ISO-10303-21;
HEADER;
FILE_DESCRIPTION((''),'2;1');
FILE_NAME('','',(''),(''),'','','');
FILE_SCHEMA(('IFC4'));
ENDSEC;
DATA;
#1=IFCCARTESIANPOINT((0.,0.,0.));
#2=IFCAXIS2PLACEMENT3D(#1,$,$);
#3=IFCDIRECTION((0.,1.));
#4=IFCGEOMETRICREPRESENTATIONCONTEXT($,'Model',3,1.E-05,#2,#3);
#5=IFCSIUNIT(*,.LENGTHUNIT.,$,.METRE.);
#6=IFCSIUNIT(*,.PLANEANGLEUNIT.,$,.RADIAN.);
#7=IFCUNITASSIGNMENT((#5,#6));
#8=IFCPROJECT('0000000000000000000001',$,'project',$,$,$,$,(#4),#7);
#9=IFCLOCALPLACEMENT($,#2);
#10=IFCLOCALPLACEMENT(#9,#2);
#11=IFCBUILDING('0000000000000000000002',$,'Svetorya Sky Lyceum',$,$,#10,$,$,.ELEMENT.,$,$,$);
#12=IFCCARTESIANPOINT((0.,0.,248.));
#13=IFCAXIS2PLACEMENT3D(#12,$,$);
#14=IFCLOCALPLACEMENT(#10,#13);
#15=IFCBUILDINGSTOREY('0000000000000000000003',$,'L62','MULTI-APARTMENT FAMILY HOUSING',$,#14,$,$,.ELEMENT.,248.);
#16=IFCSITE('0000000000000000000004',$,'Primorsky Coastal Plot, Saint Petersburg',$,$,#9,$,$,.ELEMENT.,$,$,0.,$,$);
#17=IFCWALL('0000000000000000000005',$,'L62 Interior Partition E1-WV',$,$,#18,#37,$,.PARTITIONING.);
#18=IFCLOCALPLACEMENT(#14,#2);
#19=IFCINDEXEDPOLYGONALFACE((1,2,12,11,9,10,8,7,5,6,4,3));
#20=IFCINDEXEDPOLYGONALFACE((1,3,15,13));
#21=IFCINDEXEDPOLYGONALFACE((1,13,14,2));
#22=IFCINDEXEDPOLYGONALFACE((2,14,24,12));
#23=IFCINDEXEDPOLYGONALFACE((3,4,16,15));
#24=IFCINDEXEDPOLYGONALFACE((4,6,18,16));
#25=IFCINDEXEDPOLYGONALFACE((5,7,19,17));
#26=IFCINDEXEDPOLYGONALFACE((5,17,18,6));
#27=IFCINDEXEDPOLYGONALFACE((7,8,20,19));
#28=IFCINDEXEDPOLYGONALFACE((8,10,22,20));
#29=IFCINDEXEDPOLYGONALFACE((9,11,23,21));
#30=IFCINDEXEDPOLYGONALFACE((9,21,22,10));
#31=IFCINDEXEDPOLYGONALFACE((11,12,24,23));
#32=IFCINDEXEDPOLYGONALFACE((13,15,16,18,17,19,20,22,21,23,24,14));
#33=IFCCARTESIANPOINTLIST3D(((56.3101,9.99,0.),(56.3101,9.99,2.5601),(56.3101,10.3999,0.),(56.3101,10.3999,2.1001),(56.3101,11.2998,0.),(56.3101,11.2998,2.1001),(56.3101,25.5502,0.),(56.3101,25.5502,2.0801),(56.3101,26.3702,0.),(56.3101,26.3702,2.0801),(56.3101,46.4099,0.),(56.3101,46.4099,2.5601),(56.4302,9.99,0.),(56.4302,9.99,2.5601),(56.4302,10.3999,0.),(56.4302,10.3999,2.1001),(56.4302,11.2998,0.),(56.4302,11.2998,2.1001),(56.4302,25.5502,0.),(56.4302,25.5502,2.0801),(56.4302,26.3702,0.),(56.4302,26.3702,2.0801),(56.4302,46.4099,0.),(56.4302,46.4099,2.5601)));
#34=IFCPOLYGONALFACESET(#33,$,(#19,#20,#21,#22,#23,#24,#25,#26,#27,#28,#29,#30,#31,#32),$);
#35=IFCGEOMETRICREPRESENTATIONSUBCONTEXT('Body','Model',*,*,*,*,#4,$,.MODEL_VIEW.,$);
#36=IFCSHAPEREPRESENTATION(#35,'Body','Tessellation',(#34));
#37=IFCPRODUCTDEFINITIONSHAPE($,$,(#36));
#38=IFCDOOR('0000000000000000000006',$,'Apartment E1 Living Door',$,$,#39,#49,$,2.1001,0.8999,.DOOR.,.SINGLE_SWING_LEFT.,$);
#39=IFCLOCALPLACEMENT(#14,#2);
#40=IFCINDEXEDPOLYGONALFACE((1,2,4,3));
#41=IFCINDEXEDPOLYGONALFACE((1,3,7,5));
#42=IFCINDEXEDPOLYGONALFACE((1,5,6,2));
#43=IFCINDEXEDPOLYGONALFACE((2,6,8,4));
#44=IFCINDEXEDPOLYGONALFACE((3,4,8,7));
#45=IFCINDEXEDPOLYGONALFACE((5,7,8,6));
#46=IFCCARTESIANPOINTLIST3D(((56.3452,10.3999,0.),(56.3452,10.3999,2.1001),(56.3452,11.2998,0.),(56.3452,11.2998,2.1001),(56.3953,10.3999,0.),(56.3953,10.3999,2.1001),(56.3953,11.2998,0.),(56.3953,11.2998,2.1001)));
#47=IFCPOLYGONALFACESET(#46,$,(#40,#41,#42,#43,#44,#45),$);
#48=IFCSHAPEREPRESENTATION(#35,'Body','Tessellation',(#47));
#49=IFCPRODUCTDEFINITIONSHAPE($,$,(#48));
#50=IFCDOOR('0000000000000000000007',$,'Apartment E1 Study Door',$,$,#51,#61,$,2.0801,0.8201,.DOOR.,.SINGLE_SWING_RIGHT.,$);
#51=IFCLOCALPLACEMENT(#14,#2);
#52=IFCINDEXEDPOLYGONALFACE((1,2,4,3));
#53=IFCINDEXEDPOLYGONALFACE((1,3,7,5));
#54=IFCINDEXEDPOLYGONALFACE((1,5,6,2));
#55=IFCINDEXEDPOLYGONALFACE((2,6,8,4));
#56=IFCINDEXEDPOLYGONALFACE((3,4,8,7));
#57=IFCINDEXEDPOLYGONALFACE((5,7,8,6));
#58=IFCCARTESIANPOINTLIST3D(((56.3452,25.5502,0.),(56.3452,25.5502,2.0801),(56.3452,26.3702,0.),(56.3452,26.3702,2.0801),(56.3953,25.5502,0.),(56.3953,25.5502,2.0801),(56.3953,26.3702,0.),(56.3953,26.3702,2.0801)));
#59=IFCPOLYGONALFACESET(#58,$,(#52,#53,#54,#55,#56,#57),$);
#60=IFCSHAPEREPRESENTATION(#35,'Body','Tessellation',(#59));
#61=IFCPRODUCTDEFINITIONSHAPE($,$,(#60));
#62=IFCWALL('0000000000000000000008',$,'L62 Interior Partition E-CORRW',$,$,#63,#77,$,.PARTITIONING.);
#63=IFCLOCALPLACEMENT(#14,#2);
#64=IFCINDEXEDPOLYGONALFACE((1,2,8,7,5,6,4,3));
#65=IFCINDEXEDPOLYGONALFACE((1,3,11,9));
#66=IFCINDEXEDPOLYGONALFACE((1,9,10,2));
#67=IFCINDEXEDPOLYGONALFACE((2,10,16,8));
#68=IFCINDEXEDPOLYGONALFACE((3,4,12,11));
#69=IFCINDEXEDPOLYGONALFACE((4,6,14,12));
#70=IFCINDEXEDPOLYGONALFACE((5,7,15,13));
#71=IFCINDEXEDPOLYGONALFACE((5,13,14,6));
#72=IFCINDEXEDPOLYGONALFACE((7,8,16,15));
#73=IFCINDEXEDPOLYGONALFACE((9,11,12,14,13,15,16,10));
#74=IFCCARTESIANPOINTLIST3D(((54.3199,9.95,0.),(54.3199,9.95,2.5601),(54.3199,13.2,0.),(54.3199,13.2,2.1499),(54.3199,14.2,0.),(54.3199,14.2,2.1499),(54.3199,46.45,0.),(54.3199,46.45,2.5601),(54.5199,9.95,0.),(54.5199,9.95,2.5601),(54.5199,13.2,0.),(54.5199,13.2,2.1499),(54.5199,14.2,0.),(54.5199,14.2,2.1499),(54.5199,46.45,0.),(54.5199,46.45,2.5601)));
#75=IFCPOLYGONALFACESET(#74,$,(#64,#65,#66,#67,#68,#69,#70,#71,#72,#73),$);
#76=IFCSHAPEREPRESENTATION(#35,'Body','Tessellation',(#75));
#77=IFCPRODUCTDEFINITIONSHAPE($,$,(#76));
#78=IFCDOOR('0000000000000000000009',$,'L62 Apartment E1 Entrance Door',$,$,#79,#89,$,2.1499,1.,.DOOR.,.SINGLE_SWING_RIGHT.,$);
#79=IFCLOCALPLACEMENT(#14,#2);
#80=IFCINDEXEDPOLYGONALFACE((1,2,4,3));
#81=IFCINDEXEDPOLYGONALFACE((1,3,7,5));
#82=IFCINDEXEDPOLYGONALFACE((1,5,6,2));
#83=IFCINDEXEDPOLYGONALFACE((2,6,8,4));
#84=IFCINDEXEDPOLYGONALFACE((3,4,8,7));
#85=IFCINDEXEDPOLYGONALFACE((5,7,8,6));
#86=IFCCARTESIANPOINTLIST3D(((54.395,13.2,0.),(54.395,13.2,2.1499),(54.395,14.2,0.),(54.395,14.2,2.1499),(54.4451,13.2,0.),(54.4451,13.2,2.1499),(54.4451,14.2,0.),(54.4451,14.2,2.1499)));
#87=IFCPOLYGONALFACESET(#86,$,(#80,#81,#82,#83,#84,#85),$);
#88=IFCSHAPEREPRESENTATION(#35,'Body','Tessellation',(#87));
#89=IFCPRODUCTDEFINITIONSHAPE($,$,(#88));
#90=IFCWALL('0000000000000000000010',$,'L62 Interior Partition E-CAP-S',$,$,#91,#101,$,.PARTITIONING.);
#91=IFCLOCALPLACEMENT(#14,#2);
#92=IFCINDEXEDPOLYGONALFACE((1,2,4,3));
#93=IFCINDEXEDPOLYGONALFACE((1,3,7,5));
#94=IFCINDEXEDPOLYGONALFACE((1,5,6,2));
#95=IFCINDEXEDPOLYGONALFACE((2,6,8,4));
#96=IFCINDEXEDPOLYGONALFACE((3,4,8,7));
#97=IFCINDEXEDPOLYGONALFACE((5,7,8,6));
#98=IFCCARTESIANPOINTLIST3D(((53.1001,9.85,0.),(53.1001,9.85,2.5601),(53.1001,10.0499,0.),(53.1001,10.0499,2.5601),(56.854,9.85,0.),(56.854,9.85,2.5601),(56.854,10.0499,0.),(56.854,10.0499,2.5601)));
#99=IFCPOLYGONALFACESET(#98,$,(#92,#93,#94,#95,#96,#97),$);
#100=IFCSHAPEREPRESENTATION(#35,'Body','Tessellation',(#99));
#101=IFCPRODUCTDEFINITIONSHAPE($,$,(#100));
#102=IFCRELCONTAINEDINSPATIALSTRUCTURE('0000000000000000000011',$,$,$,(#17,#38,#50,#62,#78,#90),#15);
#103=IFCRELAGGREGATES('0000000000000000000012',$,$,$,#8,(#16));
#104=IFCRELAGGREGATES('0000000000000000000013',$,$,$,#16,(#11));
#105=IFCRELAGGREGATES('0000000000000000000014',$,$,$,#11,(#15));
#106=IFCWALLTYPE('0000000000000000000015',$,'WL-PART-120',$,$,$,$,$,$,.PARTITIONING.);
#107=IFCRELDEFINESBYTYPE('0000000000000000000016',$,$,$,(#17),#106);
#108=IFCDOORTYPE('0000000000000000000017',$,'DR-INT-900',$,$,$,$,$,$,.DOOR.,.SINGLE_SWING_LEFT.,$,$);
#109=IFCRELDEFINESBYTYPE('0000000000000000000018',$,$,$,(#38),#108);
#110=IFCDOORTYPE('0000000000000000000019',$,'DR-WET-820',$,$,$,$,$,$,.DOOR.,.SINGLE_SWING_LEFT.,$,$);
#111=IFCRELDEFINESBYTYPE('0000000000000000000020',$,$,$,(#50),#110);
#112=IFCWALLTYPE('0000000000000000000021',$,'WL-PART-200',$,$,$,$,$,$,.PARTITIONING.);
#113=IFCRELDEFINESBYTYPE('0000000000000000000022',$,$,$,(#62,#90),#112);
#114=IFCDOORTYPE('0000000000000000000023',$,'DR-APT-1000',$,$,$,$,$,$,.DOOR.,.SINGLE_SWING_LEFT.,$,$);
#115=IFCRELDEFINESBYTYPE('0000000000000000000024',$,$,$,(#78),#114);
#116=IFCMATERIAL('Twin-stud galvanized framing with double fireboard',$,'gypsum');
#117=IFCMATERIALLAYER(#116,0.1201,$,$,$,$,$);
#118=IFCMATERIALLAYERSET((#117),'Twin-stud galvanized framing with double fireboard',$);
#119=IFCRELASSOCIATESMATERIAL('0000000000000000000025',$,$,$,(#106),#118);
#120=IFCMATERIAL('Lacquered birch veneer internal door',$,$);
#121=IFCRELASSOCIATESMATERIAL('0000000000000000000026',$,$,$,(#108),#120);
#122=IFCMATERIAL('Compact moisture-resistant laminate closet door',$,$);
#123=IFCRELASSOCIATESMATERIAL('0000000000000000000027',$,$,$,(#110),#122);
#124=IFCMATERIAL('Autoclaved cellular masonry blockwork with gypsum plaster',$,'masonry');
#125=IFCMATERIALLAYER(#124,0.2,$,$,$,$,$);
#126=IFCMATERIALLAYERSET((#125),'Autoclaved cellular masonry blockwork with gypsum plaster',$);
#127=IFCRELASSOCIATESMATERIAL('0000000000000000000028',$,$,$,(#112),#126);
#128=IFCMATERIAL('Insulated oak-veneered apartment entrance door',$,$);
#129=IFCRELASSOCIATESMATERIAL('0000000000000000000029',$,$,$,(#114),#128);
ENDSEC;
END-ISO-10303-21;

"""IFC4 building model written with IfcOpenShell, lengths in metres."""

from ifc_helpers import new_model, si_unit, direction, frame, frame_2d, origin, place, context, subcontext, project, spatial, rectangle, extrude, material, layer, layer_set, type_object, element, fill, save


model = new_model("IFC4")

# Units and contexts
model_context = context("Model", 3, precision=1e-05, world=origin(), true_north=direction((0.0, 1.0)))
body_context = subcontext(model_context, "Body", "Model", "MODEL_VIEW")
ifc_project = project(units=[si_unit("LENGTHUNIT", "METRE"), si_unit("PLANEANGLEUNIT", "RADIAN")], contexts=[model_context])

# Site, building, storey
site_placement = place(None, origin())
site = spatial("IfcSite", under=ifc_project, at=site_placement, Name="Primorsky Coastal Plot, Saint Petersburg", CompositionType="ELEMENT", RefElevation=0.0)
building_placement = place(site_placement, origin())
building = spatial("IfcBuilding", under=site, at=building_placement, Name="Svetorya Sky Lyceum", CompositionType="ELEMENT")
storey_placement = place(building_placement, frame((0.0, 0.0, 248.0)))
storey = spatial("IfcBuildingStorey", under=building, at=storey_placement, Name="L62", Description="MULTI-APARTMENT FAMILY HOUSING", CompositionType="ELEMENT", Elevation=248.0)

# Shared definitions
ifc_material_1 = material(Name="Twin-stud galvanized framing with double fireboard", Category="gypsum")
ifc_layer_1 = layer(ifc_material_1, 0.1201)
ifc_layer_set_1 = layer_set([ifc_layer_1], Name="Twin-stud galvanized framing with double fireboard")
wall_type_1 = type_object("IfcWallType", Name="WL-PART-120", PredefinedType="PARTITIONING", material=ifc_layer_set_1)

# Wall, openings, doors
wall_1_placement = place(storey_placement, frame((56.3701, 9.99, 0.0), z_axis=(0.0, 0.0, 1.0), x_axis=(0.0, 1.0, 0.0)))
wall_1 = element("IfcWall", 1, at=wall_1_placement, inside=storey, type_object=wall_type_1, Name="L62 Interior Partition E1-WV", PredefinedType="PARTITIONING", context=body_context, shape_type="SweptSolid", body=[
    extrude(rectangle(XDim=36.4199, YDim=0.1201, at=frame_2d((18.21, 0.0))), origin(), (0.0, 0.0, 1.0), 2.5601),
])
opening_1_placement = place(wall_1_placement, frame((0.4099, 0.0, 0.0)))
opening_1 = element("IfcOpeningElement", 2, at=opening_1_placement, cuts=wall_1, PredefinedType="OPENING", context=body_context, shape_type="SweptSolid", body=[
    extrude(rectangle(XDim=0.8999, YDim=2.1001, at=frame_2d((0.45, 1.05))), frame((0.0, 0.0701, 0.0), z_axis=(0.0, -1.0, 0.0), x_axis=(1.0, 0.0, 0.0)), (0.0, 0.0, 1.0), 0.1401),
])
opening_2_placement = place(wall_1_placement, frame((15.5601, 0.0, 0.0)))
opening_2 = element("IfcOpeningElement", 3, at=opening_2_placement, cuts=wall_1, PredefinedType="OPENING", context=body_context, shape_type="SweptSolid", body=[
    extrude(rectangle(XDim=0.8201, YDim=2.0801, at=frame_2d((0.4102, 1.04))), frame((0.0, 0.0701, 0.0), z_axis=(0.0, -1.0, 0.0), x_axis=(1.0, 0.0, 0.0)), (0.0, 0.0, 1.0), 0.1401),
])
ifc_material_2 = material(Name="Lacquered birch veneer internal door")
door_type_1 = type_object("IfcDoorType", Name="DR-INT-900", OperationType="SINGLE_SWING_LEFT", PredefinedType="DOOR", material=ifc_material_2)
door_1_placement = place(opening_1_placement, origin())
door_1 = element("IfcDoor", 4, at=door_1_placement, inside=storey, type_object=door_type_1, Name="Apartment E1 Living Door", OperationType="SINGLE_SWING_LEFT", OverallHeight=2.1001, OverallWidth=0.8999, PredefinedType="DOOR", context=body_context, shape_type="SweptSolid", body=[
    extrude(rectangle(XDim=0.8999, YDim=2.1001, at=frame_2d((0.45, 1.05))), frame((0.0, 0.0249, 0.0), z_axis=(0.0, -1.0, 0.0), x_axis=(1.0, 0.0, 0.0)), (0.0, 0.0, 1.0), 0.05),
])
fill(opening_1, door_1)
ifc_material_3 = material(Name="Compact moisture-resistant laminate closet door")
door_type_2 = type_object("IfcDoorType", Name="DR-WET-820", OperationType="SINGLE_SWING_LEFT", PredefinedType="DOOR", material=ifc_material_3)
door_2_placement = place(opening_2_placement, origin())
door_2 = element("IfcDoor", 5, at=door_2_placement, inside=storey, type_object=door_type_2, Name="Apartment E1 Study Door", OperationType="SINGLE_SWING_RIGHT", OverallHeight=2.0801, OverallWidth=0.8201, PredefinedType="DOOR", context=body_context, shape_type="SweptSolid", body=[
    extrude(rectangle(XDim=0.8201, YDim=2.0801, at=frame_2d((0.4102, 1.04))), frame((0.0, 0.0249, 0.0), z_axis=(0.0, -1.0, 0.0), x_axis=(1.0, 0.0, 0.0)), (0.0, 0.0, 1.0), 0.05),
])
fill(opening_2, door_2)

# Wall, opening, door
ifc_material_4 = material(Name="Autoclaved cellular masonry blockwork with gypsum plaster", Category="masonry")
ifc_layer_2 = layer(ifc_material_4, 0.2)
ifc_layer_set_2 = layer_set([ifc_layer_2], Name="Autoclaved cellular masonry blockwork with gypsum plaster")
wall_type_2 = type_object("IfcWallType", Name="WL-PART-200", PredefinedType="PARTITIONING", material=ifc_layer_set_2)
wall_2_placement = place(storey_placement, frame((54.4199, 9.95, 0.0), z_axis=(0.0, 0.0, 1.0), x_axis=(0.0, 1.0, 0.0)))
wall_2 = element("IfcWall", 6, at=wall_2_placement, inside=storey, type_object=wall_type_2, Name="L62 Interior Partition E-CORRW", PredefinedType="PARTITIONING", context=body_context, shape_type="SweptSolid", body=[
    extrude(rectangle(XDim=36.5, YDim=0.2, at=frame_2d((18.25, 0.0))), origin(), (0.0, 0.0, 1.0), 2.5601),
])
opening_3_placement = place(wall_2_placement, frame((3.25, 0.0, 0.0)))
opening_3 = element("IfcOpeningElement", 7, at=opening_3_placement, cuts=wall_2, PredefinedType="OPENING", context=body_context, shape_type="SweptSolid", body=[
    extrude(rectangle(XDim=1.0, YDim=2.1499, at=frame_2d((0.5, 1.075))), frame((0.0, 0.1099, 0.0), z_axis=(0.0, -1.0, 0.0), x_axis=(1.0, 0.0, 0.0)), (0.0, 0.0, 1.0), 0.22),
])
ifc_material_5 = material(Name="Insulated oak-veneered apartment entrance door")
door_type_3 = type_object("IfcDoorType", Name="DR-APT-1000", OperationType="SINGLE_SWING_LEFT", PredefinedType="DOOR", material=ifc_material_5)
door_3_placement = place(opening_3_placement, origin())
door_3 = element("IfcDoor", 8, at=door_3_placement, inside=storey, type_object=door_type_3, Name="L62 Apartment E1 Entrance Door", OperationType="SINGLE_SWING_RIGHT", OverallHeight=2.1499, OverallWidth=1.0, PredefinedType="DOOR", context=body_context, shape_type="SweptSolid", body=[
    extrude(rectangle(XDim=1.0, YDim=2.1499, at=frame_2d((0.5, 1.075))), frame((0.0, 0.0249, 0.0), z_axis=(0.0, -1.0, 0.0), x_axis=(1.0, 0.0, 0.0)), (0.0, 0.0, 1.0), 0.05),
])
fill(opening_3, door_3)

# Wall
wall_3_placement = place(storey_placement, frame((53.1001, 9.95, 0.0), z_axis=(0.0, 0.0, 1.0), x_axis=(1.0, 0.0, 0.0)))
element("IfcWall", 9, at=wall_3_placement, inside=storey, type_object=wall_type_2, Name="L62 Interior Partition E-CAP-S", PredefinedType="PARTITIONING", context=body_context, shape_type="SweptSolid", body=[
    extrude(rectangle(XDim=3.7539, YDim=0.2, at=frame_2d((1.877, 0.0))), origin(), (0.0, 0.0, 1.0), 2.5601),
])

save(model, "model.ifc")
